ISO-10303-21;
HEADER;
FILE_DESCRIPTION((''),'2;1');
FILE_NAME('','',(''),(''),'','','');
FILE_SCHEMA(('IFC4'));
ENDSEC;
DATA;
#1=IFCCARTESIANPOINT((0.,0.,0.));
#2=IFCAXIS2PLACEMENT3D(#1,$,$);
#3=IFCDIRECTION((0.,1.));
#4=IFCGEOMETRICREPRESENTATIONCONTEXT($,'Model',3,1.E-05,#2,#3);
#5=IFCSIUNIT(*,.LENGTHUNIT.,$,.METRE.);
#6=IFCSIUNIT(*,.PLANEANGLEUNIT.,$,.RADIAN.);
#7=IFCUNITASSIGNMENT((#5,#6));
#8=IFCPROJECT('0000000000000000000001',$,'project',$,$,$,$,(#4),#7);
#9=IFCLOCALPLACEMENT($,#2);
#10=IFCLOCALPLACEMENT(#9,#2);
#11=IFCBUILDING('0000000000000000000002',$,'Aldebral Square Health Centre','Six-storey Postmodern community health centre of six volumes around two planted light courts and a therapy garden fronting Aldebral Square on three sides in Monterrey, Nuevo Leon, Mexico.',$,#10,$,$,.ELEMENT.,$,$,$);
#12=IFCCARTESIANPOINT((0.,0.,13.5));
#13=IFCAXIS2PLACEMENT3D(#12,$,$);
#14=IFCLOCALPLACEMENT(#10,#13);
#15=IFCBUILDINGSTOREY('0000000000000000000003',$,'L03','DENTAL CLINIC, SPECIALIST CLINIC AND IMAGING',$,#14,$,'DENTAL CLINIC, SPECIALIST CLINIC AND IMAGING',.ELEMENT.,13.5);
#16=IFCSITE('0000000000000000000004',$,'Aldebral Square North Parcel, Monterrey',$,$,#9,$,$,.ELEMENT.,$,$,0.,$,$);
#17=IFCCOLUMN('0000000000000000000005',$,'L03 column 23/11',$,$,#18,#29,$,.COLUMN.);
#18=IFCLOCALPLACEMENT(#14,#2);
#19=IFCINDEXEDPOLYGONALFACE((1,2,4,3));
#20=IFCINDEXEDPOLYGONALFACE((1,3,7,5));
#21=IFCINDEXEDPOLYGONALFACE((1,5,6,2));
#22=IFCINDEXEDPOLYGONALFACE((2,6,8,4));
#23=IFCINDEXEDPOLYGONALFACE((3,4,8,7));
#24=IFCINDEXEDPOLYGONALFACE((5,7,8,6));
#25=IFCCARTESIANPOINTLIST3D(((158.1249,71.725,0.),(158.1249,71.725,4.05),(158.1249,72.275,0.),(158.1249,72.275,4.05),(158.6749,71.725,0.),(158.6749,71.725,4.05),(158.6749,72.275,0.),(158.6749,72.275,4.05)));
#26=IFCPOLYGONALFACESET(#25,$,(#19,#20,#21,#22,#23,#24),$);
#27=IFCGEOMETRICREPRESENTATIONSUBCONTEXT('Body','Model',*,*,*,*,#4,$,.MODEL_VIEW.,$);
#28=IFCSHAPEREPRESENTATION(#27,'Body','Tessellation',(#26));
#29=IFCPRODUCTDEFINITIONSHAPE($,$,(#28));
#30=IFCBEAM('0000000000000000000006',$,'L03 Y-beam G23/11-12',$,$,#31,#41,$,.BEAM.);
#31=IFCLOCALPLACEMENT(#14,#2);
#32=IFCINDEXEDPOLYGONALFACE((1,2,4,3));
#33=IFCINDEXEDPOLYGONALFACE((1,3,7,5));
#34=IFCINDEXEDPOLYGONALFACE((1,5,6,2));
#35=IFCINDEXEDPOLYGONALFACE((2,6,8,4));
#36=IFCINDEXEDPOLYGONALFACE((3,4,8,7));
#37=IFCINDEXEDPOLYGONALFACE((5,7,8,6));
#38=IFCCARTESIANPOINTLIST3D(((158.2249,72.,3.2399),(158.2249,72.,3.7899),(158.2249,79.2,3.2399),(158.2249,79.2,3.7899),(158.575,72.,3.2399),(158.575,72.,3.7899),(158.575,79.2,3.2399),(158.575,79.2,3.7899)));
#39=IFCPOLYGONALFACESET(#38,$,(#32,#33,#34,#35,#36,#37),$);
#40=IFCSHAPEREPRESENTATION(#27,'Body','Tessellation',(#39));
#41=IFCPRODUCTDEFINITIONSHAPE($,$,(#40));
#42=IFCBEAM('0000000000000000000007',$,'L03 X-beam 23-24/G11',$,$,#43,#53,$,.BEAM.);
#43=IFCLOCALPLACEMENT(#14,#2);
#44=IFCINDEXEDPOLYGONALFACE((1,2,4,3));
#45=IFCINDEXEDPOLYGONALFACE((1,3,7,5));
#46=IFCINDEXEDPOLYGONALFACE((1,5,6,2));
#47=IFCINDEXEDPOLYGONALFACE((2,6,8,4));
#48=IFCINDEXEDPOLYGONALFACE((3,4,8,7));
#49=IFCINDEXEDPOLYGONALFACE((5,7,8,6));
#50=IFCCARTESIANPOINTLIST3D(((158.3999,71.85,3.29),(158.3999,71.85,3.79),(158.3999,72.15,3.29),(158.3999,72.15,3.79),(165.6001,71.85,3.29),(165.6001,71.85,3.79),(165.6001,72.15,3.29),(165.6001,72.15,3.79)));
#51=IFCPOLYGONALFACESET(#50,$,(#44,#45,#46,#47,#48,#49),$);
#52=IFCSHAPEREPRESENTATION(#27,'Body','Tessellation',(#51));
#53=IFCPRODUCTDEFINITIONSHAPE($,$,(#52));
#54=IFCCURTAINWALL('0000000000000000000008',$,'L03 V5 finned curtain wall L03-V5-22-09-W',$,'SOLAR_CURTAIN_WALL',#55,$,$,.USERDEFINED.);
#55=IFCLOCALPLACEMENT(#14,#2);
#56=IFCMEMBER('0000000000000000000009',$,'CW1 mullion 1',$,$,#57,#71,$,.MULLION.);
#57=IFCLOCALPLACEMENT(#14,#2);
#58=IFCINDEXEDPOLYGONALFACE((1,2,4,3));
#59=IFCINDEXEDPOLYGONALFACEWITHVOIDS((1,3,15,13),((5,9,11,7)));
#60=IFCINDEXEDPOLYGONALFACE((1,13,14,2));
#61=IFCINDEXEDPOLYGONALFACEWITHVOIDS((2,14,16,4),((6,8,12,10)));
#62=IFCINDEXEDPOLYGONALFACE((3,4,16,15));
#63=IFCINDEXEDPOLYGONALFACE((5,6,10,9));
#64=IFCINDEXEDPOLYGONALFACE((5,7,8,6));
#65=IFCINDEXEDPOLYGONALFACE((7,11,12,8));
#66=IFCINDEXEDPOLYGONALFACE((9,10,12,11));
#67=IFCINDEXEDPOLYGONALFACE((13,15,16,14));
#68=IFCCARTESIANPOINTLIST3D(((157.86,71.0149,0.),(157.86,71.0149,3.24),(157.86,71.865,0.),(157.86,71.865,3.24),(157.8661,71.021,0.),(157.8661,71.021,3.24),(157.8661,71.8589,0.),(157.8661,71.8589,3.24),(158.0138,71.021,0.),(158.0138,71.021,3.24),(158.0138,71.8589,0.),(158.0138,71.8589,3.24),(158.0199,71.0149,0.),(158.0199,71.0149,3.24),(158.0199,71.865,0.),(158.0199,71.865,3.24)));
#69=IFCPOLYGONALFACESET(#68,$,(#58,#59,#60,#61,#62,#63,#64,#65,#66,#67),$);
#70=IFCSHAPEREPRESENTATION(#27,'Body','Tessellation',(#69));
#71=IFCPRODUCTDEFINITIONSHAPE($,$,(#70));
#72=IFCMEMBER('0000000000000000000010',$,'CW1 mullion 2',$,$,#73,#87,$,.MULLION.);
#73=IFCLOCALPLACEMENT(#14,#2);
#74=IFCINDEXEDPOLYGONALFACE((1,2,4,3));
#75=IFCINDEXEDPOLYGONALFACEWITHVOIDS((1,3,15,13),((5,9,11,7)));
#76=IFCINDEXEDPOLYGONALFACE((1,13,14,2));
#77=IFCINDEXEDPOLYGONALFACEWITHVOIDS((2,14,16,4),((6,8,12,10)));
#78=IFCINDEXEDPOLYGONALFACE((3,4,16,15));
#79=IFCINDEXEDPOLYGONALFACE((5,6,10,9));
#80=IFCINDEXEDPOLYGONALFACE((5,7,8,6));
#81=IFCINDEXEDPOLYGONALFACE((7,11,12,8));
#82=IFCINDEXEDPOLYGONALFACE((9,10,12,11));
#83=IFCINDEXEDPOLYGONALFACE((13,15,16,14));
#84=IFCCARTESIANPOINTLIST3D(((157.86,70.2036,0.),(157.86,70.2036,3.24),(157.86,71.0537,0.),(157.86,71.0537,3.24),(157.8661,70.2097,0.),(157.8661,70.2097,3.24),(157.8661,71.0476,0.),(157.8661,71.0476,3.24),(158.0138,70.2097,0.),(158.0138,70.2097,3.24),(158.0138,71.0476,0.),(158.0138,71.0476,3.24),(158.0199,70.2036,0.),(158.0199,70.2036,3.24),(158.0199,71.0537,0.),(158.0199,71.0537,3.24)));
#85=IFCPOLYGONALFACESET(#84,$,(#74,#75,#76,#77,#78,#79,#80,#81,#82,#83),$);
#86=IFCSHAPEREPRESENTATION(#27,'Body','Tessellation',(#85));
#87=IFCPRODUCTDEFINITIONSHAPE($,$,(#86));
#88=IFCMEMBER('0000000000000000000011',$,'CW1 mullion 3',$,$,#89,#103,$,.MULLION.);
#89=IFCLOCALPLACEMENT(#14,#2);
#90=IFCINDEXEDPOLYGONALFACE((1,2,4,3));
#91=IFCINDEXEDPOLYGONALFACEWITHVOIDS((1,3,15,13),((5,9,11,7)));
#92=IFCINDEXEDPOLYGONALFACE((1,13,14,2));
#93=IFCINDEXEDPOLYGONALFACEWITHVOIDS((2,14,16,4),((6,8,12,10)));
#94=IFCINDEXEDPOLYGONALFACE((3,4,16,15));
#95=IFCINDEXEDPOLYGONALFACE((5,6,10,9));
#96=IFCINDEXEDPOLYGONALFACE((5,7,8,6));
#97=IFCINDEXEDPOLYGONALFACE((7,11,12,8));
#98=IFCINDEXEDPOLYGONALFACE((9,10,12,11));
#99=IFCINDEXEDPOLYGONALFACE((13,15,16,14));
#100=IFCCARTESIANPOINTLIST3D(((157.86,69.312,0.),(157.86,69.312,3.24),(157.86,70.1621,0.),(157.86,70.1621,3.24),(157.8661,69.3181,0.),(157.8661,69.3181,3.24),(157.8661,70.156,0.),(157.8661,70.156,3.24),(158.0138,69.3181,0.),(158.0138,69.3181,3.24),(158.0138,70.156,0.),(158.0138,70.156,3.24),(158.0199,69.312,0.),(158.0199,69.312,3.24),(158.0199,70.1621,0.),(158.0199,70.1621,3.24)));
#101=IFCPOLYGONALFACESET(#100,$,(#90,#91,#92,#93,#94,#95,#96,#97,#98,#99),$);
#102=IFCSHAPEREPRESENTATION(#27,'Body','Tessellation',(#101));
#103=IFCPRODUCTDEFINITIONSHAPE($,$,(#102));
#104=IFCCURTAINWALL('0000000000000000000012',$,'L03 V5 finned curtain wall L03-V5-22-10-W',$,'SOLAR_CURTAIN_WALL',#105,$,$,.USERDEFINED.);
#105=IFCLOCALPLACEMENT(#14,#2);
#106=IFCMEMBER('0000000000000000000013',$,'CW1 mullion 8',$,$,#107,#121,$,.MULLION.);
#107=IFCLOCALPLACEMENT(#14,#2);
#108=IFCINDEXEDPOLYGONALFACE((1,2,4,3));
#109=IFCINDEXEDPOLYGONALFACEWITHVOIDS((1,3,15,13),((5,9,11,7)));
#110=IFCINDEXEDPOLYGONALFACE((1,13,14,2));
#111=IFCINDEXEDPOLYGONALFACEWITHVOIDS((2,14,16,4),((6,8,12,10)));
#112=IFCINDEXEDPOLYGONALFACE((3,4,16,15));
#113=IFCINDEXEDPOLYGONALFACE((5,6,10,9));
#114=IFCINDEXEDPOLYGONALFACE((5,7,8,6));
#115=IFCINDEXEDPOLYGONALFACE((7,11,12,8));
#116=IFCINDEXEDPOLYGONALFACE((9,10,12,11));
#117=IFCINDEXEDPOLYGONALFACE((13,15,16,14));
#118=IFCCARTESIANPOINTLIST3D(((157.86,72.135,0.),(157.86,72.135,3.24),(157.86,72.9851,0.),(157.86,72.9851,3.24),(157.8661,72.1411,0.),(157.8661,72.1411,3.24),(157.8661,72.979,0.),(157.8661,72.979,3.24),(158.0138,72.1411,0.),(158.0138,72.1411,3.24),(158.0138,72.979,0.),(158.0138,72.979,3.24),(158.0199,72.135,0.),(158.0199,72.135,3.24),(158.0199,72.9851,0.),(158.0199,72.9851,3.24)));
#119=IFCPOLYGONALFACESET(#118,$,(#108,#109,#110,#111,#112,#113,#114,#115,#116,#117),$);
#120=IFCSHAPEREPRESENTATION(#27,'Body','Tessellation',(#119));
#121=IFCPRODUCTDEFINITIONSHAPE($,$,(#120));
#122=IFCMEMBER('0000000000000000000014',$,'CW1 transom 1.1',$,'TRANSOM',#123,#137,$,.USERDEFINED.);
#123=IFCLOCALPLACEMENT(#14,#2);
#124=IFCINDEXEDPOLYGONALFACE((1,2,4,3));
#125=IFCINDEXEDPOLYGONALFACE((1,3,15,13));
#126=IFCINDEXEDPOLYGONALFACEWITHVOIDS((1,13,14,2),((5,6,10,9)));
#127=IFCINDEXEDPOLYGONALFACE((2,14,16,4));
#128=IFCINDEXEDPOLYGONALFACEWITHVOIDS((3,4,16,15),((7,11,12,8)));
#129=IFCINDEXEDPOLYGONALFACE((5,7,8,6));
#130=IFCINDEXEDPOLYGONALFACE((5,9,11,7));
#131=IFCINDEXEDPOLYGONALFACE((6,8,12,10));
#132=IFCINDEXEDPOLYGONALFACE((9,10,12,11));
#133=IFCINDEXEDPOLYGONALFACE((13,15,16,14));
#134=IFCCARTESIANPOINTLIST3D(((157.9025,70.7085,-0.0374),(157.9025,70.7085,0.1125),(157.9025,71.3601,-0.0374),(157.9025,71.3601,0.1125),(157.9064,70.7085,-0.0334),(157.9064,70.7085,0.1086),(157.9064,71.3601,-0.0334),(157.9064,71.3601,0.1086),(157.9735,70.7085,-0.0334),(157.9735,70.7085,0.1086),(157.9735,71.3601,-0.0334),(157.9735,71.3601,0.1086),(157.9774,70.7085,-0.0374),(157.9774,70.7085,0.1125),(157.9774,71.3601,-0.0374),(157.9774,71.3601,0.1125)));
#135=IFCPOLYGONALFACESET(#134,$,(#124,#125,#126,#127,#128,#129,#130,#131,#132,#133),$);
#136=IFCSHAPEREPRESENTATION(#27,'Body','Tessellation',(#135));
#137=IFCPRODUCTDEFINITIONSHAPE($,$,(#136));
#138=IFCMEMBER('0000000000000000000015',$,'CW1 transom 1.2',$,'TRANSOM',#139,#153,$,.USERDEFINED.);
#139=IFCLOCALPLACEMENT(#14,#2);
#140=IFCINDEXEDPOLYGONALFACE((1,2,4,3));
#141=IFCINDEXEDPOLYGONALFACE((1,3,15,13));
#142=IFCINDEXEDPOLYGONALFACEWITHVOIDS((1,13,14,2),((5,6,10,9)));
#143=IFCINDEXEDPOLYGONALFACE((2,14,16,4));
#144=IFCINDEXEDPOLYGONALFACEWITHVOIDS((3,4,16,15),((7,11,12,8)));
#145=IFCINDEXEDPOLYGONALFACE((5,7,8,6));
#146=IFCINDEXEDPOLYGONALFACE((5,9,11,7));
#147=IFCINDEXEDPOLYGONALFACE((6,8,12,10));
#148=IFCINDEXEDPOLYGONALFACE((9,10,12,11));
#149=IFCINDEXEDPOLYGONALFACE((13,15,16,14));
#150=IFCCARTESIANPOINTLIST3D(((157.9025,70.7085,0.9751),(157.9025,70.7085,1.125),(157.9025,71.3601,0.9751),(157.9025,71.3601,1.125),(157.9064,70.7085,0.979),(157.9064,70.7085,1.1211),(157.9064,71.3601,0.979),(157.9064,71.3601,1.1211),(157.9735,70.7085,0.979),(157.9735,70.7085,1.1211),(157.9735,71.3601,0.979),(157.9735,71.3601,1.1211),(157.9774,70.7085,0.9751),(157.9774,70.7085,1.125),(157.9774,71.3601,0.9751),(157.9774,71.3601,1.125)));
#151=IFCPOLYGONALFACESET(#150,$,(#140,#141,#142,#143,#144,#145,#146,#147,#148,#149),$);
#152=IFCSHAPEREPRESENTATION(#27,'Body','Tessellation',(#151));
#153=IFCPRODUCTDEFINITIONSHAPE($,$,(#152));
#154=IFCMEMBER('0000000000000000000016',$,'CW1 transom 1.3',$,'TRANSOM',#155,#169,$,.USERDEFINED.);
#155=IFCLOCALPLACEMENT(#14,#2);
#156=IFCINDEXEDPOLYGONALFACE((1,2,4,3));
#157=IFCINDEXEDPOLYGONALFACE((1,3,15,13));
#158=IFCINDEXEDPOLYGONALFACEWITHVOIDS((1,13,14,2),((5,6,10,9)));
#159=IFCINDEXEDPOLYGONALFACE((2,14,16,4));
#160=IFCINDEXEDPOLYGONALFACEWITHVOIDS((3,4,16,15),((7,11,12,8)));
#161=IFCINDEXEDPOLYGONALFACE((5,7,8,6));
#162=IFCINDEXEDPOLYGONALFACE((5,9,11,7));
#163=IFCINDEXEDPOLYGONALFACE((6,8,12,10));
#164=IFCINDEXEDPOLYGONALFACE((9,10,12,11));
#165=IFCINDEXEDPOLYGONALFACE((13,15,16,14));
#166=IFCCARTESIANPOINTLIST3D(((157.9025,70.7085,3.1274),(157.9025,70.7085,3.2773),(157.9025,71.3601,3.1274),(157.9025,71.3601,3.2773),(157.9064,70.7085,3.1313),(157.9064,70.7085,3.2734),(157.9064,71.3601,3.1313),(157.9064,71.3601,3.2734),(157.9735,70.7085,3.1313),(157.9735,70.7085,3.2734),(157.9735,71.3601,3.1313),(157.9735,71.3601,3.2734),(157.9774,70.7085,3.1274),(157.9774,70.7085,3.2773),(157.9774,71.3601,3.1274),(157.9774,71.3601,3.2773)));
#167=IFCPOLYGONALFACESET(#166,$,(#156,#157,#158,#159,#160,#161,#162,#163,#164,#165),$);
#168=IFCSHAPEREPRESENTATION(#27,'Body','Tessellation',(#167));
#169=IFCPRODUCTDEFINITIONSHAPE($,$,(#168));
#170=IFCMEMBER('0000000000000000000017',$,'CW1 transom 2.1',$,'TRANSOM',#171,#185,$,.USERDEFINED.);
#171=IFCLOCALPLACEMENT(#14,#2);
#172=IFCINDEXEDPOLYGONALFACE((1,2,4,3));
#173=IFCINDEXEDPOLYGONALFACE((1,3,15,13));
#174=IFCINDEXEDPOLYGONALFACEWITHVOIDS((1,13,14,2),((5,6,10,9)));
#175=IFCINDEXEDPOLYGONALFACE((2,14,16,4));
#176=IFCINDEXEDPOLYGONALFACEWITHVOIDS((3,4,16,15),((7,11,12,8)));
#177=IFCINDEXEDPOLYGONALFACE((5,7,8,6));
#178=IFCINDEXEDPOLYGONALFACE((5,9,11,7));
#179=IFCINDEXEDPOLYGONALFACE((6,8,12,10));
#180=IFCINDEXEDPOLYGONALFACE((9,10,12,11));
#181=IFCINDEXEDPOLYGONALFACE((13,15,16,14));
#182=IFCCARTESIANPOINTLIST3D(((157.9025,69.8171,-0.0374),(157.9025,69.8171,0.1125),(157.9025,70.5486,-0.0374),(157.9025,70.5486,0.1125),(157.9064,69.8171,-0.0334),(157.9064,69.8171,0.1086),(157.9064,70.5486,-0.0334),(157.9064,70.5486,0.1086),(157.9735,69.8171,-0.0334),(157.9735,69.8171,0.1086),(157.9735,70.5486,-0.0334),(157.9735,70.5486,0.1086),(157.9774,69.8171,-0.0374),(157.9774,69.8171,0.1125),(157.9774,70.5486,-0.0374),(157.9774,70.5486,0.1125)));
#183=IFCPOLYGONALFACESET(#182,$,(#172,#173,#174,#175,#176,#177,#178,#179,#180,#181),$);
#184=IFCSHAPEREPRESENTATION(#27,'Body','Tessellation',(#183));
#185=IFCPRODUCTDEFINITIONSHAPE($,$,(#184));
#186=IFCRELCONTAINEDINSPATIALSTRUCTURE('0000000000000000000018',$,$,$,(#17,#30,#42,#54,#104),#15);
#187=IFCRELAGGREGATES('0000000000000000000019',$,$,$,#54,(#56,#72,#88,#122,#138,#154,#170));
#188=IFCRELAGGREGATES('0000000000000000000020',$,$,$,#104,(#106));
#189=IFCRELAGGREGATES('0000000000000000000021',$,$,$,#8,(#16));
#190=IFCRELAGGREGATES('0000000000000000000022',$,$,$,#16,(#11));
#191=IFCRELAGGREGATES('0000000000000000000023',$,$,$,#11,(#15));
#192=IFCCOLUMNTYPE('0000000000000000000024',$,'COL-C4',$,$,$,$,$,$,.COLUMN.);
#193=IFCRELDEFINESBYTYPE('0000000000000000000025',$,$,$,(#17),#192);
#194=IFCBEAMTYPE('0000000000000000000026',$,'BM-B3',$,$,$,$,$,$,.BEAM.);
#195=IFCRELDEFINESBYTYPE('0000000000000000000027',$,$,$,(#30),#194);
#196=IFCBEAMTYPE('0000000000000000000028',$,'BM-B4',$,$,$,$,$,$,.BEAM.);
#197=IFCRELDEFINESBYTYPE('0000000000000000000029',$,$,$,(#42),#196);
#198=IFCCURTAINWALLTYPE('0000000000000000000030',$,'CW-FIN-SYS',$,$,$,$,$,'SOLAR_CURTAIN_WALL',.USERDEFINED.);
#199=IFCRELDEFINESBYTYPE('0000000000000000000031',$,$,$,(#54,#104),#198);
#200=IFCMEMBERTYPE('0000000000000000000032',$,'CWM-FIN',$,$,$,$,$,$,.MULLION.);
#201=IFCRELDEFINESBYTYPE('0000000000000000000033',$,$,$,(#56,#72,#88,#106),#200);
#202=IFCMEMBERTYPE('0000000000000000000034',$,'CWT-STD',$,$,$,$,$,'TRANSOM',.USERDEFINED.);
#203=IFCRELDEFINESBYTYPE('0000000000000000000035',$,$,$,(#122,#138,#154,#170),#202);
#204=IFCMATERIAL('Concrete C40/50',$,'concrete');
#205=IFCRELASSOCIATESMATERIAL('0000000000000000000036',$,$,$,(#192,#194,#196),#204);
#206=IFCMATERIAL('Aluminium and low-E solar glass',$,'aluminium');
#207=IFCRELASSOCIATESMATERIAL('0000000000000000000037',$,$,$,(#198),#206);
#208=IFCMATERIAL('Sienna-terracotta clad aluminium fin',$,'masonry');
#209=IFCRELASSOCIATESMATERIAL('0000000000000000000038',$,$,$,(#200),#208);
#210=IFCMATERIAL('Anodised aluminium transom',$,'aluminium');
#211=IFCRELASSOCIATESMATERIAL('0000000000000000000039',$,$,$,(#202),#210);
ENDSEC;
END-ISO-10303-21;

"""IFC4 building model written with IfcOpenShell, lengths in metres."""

from ifc_helpers import new_model, si_unit, direction, frame, origin, origin_2d, place, context, subcontext, project, spatial, rectangle, hollow_rectangle, extrude, material, material_profile, profile_set, type_object, element, aggregate, save


model = new_model("IFC4")

# Units and contexts
model_context = context("Model", 3, precision=1e-05, world=origin(), true_north=direction((0.0, 1.0)))
body_context = subcontext(model_context, "Body", "Model", "MODEL_VIEW")
ifc_project = project(units=[si_unit("LENGTHUNIT", "METRE"), si_unit("PLANEANGLEUNIT", "RADIAN")], contexts=[model_context])

# Site, building, storey
site_placement = place(None, origin())
site = spatial("IfcSite", under=ifc_project, at=site_placement, Name="Aldebral Square North Parcel, Monterrey", CompositionType="ELEMENT", RefElevation=0.0)
building_placement = place(site_placement, origin())
building = spatial("IfcBuilding", under=site, at=building_placement, Name="Aldebral Square Health Centre", Description="Six-storey Postmodern community health centre of six volumes around two planted light courts and a therapy garden fronting Aldebral Square on three sides in Monterrey, Nuevo Leon, Mexico.", CompositionType="ELEMENT")
storey_placement = place(building_placement, frame((0.0, 0.0, 13.5)))
storey = spatial("IfcBuildingStorey", under=building, at=storey_placement, Name="L03", Description="DENTAL CLINIC, SPECIALIST CLINIC AND IMAGING", LongName="DENTAL CLINIC, SPECIALIST CLINIC AND IMAGING", CompositionType="ELEMENT", Elevation=13.5)

# Column
ifc_material_1 = material(Name="Concrete C40/50", Category="concrete")
ifc_material_profile_1 = material_profile(ifc_material_1, rectangle(XDim=0.55, YDim=0.55, at=origin_2d()), Name="RC 550x550")
ifc_profile_set_1 = profile_set([ifc_material_profile_1], Name="Concrete C40/50")
column_type = type_object("IfcColumnType", Name="COL-C4", PredefinedType="COLUMN", material=ifc_profile_set_1)
column_placement = place(storey_placement, frame((158.3999, 72.0, 0.0), z_axis=(0.0, 0.0, 1.0), x_axis=(1.0, 0.0, 0.0)))
element("IfcColumn", 1, at=column_placement, inside=storey, type_object=column_type, Name="L03 column 23/11", PredefinedType="COLUMN", context=body_context, shape_type="SweptSolid", body=[
    extrude(rectangle(XDim=0.55, YDim=0.55, at=origin_2d()), origin(), (0.0, 0.0, 1.0), 4.05),
])

# Beams
ifc_material_profile_2 = material_profile(ifc_material_1, rectangle(XDim=0.3501, YDim=0.55, at=origin_2d()), Name="RC 350x550")
ifc_profile_set_2 = profile_set([ifc_material_profile_2], Name="Concrete C40/50")
beam_type_1 = type_object("IfcBeamType", Name="BM-B3", PredefinedType="BEAM", material=ifc_profile_set_2)
beam_1_placement = place(storey_placement, frame((158.3999, 72.0, 3.5149), z_axis=(0.0, 1.0, 0.0), x_axis=(-1.0, 0.0, 0.0)))
element("IfcBeam", 2, at=beam_1_placement, inside=storey, type_object=beam_type_1, Name="L03 Y-beam G23/11-12", PredefinedType="BEAM", context=body_context, shape_type="SweptSolid", body=[
    extrude(rectangle(XDim=0.3501, YDim=0.55, at=origin_2d()), origin(), (0.0, 0.0, 1.0), 7.2),
])
ifc_material_profile_3 = material_profile(ifc_material_1, rectangle(XDim=0.3, YDim=0.5, at=origin_2d()), Name="RC 300x500")
ifc_profile_set_3 = profile_set([ifc_material_profile_3], Name="Concrete C40/50")
beam_type_2 = type_object("IfcBeamType", Name="BM-B4", PredefinedType="BEAM", material=ifc_profile_set_3)
beam_2_placement = place(storey_placement, frame((158.3999, 72.0, 3.54), z_axis=(1.0, 0.0, 0.0), x_axis=(0.0, 1.0, 0.0)))
element("IfcBeam", 3, at=beam_2_placement, inside=storey, type_object=beam_type_2, Name="L03 X-beam 23-24/G11", PredefinedType="BEAM", context=body_context, shape_type="SweptSolid", body=[
    extrude(rectangle(XDim=0.3, YDim=0.5, at=origin_2d()), origin(), (0.0, 0.0, 1.0), 7.2002),
])

# Curtain wall, members
ifc_material_2 = material(Name="Aluminium and low-E solar glass", Category="aluminium")
curtain_wall_type = type_object("IfcCurtainWallType", Name="CW-FIN-SYS", ElementType="SOLAR_CURTAIN_WALL", PredefinedType="USERDEFINED", material=ifc_material_2)
curtain_wall_1_placement = place(storey_placement, origin())
curtain_wall_1 = element("IfcCurtainWall", 4, at=curtain_wall_1_placement, inside=storey, type_object=curtain_wall_type, Name="L03 V5 finned curtain wall L03-V5-22-09-W", ObjectType="SOLAR_CURTAIN_WALL", PredefinedType="USERDEFINED")
ifc_material_3 = material(Name="Sienna-terracotta clad aluminium fin", Category="masonry")
ifc_material_profile_4 = material_profile(ifc_material_3, hollow_rectangle(XDim=0.1599, YDim=0.8501, WallThickness=0.0061, at=origin_2d()), Name="FIN 160x850x6")
ifc_profile_set_4 = profile_set([ifc_material_profile_4], Name="Sienna-terracotta clad aluminium fin")
member_type_1 = type_object("IfcMemberType", Name="CWM-FIN", PredefinedType="MULLION", material=ifc_profile_set_4)
member_1_placement = place(storey_placement, frame((157.9399, 71.4399, 0.0), z_axis=(0.0, 0.0, 1.0), x_axis=(1.0, 0.0, 0.0)))
member_1 = element("IfcMember", 5, at=member_1_placement, type_object=member_type_1, Name="CW1 mullion 1", PredefinedType="MULLION", context=body_context, shape_type="SweptSolid", body=[
    extrude(hollow_rectangle(XDim=0.1599, YDim=0.8501, WallThickness=0.0061, at=origin_2d()), origin(), (0.0, 0.0, 1.0), 3.24),
])
member_2_placement = place(storey_placement, frame((157.9399, 70.6287, 0.0), z_axis=(0.0, 0.0, 1.0), x_axis=(1.0, 0.0, 0.0)))
member_2 = element("IfcMember", 6, at=member_2_placement, type_object=member_type_1, Name="CW1 mullion 2", PredefinedType="MULLION", context=body_context, shape_type="SweptSolid", body=[
    extrude(hollow_rectangle(XDim=0.1599, YDim=0.8501, WallThickness=0.0061, at=origin_2d()), origin(), (0.0, 0.0, 1.0), 3.24),
])
member_3_placement = place(storey_placement, frame((157.9399, 69.7371, 0.0), z_axis=(0.0, 0.0, 1.0), x_axis=(1.0, 0.0, 0.0)))
member_3 = element("IfcMember", 7, at=member_3_placement, type_object=member_type_1, Name="CW1 mullion 3", PredefinedType="MULLION", context=body_context, shape_type="SweptSolid", body=[
    extrude(hollow_rectangle(XDim=0.1599, YDim=0.8501, WallThickness=0.0061, at=origin_2d()), origin(), (0.0, 0.0, 1.0), 3.24),
])

# Curtain wall, member
curtain_wall_2_placement = place(storey_placement, origin())
curtain_wall_2 = element("IfcCurtainWall", 8, at=curtain_wall_2_placement, inside=storey, type_object=curtain_wall_type, Name="L03 V5 finned curtain wall L03-V5-22-10-W", ObjectType="SOLAR_CURTAIN_WALL", PredefinedType="USERDEFINED")
member_4_placement = place(storey_placement, frame((157.9399, 72.5601, 0.0), z_axis=(0.0, 0.0, 1.0), x_axis=(1.0, 0.0, 0.0)))
member_4 = element("IfcMember", 9, at=member_4_placement, type_object=member_type_1, Name="CW1 mullion 8", PredefinedType="MULLION", context=body_context, shape_type="SweptSolid", body=[
    extrude(hollow_rectangle(XDim=0.1599, YDim=0.8501, WallThickness=0.0061, at=origin_2d()), origin(), (0.0, 0.0, 1.0), 3.24),
])

# Members
ifc_material_4 = material(Name="Anodised aluminium transom", Category="aluminium")
ifc_material_profile_5 = material_profile(ifc_material_4, hollow_rectangle(XDim=0.075, YDim=0.1499, WallThickness=0.0039, at=origin_2d()), Name="CWT 75x150x4")
ifc_profile_set_5 = profile_set([ifc_material_profile_5], Name="Anodised aluminium transom")
member_type_2 = type_object("IfcMemberType", Name="CWT-STD", ElementType="TRANSOM", PredefinedType="USERDEFINED", material=ifc_profile_set_5)
member_5_placement = place(storey_placement, frame((157.9399, 71.3601, 0.0376), z_axis=(0.0, -1.0, 0.0), x_axis=(1.0, 0.0, 0.0)))
member_5 = element("IfcMember", 10, at=member_5_placement, type_object=member_type_2, Name="CW1 transom 1.1", ObjectType="TRANSOM", PredefinedType="USERDEFINED", context=body_context, shape_type="SweptSolid", body=[
    extrude(hollow_rectangle(XDim=0.075, YDim=0.1499, WallThickness=0.0039, at=origin_2d()), origin(), (0.0, 0.0, 1.0), 0.6516),
])
member_6_placement = place(storey_placement, frame((157.9399, 71.3601, 1.05), z_axis=(0.0, -1.0, 0.0), x_axis=(1.0, 0.0, 0.0)))
member_6 = element("IfcMember", 11, at=member_6_placement, type_object=member_type_2, Name="CW1 transom 1.2", ObjectType="TRANSOM", PredefinedType="USERDEFINED", context=body_context, shape_type="SweptSolid", body=[
    extrude(hollow_rectangle(XDim=0.075, YDim=0.1499, WallThickness=0.0039, at=origin_2d()), origin(), (0.0, 0.0, 1.0), 0.6516),
])
member_7_placement = place(storey_placement, frame((157.9399, 71.3601, 3.2024), z_axis=(0.0, -1.0, 0.0), x_axis=(1.0, 0.0, 0.0)))
member_7 = element("IfcMember", 12, at=member_7_placement, type_object=member_type_2, Name="CW1 transom 1.3", ObjectType="TRANSOM", PredefinedType="USERDEFINED", context=body_context, shape_type="SweptSolid", body=[
    extrude(hollow_rectangle(XDim=0.075, YDim=0.1499, WallThickness=0.0039, at=origin_2d()), origin(), (0.0, 0.0, 1.0), 0.6516),
])
member_8_placement = place(storey_placement, frame((157.9399, 70.5486, 0.0376), z_axis=(0.0, -1.0, 0.0), x_axis=(1.0, 0.0, 0.0)))
member_8 = element("IfcMember", 13, at=member_8_placement, type_object=member_type_2, Name="CW1 transom 2.1", ObjectType="TRANSOM", PredefinedType="USERDEFINED", context=body_context, shape_type="SweptSolid", body=[
    extrude(hollow_rectangle(XDim=0.075, YDim=0.1499, WallThickness=0.0039, at=origin_2d()), origin(), (0.0, 0.0, 1.0), 0.7314),
])

aggregate(curtain_wall_1, [member_1, member_2, member_3, member_5, member_6, member_7, member_8])
aggregate(curtain_wall_2, [member_4])

save(model, "model.ifc")
